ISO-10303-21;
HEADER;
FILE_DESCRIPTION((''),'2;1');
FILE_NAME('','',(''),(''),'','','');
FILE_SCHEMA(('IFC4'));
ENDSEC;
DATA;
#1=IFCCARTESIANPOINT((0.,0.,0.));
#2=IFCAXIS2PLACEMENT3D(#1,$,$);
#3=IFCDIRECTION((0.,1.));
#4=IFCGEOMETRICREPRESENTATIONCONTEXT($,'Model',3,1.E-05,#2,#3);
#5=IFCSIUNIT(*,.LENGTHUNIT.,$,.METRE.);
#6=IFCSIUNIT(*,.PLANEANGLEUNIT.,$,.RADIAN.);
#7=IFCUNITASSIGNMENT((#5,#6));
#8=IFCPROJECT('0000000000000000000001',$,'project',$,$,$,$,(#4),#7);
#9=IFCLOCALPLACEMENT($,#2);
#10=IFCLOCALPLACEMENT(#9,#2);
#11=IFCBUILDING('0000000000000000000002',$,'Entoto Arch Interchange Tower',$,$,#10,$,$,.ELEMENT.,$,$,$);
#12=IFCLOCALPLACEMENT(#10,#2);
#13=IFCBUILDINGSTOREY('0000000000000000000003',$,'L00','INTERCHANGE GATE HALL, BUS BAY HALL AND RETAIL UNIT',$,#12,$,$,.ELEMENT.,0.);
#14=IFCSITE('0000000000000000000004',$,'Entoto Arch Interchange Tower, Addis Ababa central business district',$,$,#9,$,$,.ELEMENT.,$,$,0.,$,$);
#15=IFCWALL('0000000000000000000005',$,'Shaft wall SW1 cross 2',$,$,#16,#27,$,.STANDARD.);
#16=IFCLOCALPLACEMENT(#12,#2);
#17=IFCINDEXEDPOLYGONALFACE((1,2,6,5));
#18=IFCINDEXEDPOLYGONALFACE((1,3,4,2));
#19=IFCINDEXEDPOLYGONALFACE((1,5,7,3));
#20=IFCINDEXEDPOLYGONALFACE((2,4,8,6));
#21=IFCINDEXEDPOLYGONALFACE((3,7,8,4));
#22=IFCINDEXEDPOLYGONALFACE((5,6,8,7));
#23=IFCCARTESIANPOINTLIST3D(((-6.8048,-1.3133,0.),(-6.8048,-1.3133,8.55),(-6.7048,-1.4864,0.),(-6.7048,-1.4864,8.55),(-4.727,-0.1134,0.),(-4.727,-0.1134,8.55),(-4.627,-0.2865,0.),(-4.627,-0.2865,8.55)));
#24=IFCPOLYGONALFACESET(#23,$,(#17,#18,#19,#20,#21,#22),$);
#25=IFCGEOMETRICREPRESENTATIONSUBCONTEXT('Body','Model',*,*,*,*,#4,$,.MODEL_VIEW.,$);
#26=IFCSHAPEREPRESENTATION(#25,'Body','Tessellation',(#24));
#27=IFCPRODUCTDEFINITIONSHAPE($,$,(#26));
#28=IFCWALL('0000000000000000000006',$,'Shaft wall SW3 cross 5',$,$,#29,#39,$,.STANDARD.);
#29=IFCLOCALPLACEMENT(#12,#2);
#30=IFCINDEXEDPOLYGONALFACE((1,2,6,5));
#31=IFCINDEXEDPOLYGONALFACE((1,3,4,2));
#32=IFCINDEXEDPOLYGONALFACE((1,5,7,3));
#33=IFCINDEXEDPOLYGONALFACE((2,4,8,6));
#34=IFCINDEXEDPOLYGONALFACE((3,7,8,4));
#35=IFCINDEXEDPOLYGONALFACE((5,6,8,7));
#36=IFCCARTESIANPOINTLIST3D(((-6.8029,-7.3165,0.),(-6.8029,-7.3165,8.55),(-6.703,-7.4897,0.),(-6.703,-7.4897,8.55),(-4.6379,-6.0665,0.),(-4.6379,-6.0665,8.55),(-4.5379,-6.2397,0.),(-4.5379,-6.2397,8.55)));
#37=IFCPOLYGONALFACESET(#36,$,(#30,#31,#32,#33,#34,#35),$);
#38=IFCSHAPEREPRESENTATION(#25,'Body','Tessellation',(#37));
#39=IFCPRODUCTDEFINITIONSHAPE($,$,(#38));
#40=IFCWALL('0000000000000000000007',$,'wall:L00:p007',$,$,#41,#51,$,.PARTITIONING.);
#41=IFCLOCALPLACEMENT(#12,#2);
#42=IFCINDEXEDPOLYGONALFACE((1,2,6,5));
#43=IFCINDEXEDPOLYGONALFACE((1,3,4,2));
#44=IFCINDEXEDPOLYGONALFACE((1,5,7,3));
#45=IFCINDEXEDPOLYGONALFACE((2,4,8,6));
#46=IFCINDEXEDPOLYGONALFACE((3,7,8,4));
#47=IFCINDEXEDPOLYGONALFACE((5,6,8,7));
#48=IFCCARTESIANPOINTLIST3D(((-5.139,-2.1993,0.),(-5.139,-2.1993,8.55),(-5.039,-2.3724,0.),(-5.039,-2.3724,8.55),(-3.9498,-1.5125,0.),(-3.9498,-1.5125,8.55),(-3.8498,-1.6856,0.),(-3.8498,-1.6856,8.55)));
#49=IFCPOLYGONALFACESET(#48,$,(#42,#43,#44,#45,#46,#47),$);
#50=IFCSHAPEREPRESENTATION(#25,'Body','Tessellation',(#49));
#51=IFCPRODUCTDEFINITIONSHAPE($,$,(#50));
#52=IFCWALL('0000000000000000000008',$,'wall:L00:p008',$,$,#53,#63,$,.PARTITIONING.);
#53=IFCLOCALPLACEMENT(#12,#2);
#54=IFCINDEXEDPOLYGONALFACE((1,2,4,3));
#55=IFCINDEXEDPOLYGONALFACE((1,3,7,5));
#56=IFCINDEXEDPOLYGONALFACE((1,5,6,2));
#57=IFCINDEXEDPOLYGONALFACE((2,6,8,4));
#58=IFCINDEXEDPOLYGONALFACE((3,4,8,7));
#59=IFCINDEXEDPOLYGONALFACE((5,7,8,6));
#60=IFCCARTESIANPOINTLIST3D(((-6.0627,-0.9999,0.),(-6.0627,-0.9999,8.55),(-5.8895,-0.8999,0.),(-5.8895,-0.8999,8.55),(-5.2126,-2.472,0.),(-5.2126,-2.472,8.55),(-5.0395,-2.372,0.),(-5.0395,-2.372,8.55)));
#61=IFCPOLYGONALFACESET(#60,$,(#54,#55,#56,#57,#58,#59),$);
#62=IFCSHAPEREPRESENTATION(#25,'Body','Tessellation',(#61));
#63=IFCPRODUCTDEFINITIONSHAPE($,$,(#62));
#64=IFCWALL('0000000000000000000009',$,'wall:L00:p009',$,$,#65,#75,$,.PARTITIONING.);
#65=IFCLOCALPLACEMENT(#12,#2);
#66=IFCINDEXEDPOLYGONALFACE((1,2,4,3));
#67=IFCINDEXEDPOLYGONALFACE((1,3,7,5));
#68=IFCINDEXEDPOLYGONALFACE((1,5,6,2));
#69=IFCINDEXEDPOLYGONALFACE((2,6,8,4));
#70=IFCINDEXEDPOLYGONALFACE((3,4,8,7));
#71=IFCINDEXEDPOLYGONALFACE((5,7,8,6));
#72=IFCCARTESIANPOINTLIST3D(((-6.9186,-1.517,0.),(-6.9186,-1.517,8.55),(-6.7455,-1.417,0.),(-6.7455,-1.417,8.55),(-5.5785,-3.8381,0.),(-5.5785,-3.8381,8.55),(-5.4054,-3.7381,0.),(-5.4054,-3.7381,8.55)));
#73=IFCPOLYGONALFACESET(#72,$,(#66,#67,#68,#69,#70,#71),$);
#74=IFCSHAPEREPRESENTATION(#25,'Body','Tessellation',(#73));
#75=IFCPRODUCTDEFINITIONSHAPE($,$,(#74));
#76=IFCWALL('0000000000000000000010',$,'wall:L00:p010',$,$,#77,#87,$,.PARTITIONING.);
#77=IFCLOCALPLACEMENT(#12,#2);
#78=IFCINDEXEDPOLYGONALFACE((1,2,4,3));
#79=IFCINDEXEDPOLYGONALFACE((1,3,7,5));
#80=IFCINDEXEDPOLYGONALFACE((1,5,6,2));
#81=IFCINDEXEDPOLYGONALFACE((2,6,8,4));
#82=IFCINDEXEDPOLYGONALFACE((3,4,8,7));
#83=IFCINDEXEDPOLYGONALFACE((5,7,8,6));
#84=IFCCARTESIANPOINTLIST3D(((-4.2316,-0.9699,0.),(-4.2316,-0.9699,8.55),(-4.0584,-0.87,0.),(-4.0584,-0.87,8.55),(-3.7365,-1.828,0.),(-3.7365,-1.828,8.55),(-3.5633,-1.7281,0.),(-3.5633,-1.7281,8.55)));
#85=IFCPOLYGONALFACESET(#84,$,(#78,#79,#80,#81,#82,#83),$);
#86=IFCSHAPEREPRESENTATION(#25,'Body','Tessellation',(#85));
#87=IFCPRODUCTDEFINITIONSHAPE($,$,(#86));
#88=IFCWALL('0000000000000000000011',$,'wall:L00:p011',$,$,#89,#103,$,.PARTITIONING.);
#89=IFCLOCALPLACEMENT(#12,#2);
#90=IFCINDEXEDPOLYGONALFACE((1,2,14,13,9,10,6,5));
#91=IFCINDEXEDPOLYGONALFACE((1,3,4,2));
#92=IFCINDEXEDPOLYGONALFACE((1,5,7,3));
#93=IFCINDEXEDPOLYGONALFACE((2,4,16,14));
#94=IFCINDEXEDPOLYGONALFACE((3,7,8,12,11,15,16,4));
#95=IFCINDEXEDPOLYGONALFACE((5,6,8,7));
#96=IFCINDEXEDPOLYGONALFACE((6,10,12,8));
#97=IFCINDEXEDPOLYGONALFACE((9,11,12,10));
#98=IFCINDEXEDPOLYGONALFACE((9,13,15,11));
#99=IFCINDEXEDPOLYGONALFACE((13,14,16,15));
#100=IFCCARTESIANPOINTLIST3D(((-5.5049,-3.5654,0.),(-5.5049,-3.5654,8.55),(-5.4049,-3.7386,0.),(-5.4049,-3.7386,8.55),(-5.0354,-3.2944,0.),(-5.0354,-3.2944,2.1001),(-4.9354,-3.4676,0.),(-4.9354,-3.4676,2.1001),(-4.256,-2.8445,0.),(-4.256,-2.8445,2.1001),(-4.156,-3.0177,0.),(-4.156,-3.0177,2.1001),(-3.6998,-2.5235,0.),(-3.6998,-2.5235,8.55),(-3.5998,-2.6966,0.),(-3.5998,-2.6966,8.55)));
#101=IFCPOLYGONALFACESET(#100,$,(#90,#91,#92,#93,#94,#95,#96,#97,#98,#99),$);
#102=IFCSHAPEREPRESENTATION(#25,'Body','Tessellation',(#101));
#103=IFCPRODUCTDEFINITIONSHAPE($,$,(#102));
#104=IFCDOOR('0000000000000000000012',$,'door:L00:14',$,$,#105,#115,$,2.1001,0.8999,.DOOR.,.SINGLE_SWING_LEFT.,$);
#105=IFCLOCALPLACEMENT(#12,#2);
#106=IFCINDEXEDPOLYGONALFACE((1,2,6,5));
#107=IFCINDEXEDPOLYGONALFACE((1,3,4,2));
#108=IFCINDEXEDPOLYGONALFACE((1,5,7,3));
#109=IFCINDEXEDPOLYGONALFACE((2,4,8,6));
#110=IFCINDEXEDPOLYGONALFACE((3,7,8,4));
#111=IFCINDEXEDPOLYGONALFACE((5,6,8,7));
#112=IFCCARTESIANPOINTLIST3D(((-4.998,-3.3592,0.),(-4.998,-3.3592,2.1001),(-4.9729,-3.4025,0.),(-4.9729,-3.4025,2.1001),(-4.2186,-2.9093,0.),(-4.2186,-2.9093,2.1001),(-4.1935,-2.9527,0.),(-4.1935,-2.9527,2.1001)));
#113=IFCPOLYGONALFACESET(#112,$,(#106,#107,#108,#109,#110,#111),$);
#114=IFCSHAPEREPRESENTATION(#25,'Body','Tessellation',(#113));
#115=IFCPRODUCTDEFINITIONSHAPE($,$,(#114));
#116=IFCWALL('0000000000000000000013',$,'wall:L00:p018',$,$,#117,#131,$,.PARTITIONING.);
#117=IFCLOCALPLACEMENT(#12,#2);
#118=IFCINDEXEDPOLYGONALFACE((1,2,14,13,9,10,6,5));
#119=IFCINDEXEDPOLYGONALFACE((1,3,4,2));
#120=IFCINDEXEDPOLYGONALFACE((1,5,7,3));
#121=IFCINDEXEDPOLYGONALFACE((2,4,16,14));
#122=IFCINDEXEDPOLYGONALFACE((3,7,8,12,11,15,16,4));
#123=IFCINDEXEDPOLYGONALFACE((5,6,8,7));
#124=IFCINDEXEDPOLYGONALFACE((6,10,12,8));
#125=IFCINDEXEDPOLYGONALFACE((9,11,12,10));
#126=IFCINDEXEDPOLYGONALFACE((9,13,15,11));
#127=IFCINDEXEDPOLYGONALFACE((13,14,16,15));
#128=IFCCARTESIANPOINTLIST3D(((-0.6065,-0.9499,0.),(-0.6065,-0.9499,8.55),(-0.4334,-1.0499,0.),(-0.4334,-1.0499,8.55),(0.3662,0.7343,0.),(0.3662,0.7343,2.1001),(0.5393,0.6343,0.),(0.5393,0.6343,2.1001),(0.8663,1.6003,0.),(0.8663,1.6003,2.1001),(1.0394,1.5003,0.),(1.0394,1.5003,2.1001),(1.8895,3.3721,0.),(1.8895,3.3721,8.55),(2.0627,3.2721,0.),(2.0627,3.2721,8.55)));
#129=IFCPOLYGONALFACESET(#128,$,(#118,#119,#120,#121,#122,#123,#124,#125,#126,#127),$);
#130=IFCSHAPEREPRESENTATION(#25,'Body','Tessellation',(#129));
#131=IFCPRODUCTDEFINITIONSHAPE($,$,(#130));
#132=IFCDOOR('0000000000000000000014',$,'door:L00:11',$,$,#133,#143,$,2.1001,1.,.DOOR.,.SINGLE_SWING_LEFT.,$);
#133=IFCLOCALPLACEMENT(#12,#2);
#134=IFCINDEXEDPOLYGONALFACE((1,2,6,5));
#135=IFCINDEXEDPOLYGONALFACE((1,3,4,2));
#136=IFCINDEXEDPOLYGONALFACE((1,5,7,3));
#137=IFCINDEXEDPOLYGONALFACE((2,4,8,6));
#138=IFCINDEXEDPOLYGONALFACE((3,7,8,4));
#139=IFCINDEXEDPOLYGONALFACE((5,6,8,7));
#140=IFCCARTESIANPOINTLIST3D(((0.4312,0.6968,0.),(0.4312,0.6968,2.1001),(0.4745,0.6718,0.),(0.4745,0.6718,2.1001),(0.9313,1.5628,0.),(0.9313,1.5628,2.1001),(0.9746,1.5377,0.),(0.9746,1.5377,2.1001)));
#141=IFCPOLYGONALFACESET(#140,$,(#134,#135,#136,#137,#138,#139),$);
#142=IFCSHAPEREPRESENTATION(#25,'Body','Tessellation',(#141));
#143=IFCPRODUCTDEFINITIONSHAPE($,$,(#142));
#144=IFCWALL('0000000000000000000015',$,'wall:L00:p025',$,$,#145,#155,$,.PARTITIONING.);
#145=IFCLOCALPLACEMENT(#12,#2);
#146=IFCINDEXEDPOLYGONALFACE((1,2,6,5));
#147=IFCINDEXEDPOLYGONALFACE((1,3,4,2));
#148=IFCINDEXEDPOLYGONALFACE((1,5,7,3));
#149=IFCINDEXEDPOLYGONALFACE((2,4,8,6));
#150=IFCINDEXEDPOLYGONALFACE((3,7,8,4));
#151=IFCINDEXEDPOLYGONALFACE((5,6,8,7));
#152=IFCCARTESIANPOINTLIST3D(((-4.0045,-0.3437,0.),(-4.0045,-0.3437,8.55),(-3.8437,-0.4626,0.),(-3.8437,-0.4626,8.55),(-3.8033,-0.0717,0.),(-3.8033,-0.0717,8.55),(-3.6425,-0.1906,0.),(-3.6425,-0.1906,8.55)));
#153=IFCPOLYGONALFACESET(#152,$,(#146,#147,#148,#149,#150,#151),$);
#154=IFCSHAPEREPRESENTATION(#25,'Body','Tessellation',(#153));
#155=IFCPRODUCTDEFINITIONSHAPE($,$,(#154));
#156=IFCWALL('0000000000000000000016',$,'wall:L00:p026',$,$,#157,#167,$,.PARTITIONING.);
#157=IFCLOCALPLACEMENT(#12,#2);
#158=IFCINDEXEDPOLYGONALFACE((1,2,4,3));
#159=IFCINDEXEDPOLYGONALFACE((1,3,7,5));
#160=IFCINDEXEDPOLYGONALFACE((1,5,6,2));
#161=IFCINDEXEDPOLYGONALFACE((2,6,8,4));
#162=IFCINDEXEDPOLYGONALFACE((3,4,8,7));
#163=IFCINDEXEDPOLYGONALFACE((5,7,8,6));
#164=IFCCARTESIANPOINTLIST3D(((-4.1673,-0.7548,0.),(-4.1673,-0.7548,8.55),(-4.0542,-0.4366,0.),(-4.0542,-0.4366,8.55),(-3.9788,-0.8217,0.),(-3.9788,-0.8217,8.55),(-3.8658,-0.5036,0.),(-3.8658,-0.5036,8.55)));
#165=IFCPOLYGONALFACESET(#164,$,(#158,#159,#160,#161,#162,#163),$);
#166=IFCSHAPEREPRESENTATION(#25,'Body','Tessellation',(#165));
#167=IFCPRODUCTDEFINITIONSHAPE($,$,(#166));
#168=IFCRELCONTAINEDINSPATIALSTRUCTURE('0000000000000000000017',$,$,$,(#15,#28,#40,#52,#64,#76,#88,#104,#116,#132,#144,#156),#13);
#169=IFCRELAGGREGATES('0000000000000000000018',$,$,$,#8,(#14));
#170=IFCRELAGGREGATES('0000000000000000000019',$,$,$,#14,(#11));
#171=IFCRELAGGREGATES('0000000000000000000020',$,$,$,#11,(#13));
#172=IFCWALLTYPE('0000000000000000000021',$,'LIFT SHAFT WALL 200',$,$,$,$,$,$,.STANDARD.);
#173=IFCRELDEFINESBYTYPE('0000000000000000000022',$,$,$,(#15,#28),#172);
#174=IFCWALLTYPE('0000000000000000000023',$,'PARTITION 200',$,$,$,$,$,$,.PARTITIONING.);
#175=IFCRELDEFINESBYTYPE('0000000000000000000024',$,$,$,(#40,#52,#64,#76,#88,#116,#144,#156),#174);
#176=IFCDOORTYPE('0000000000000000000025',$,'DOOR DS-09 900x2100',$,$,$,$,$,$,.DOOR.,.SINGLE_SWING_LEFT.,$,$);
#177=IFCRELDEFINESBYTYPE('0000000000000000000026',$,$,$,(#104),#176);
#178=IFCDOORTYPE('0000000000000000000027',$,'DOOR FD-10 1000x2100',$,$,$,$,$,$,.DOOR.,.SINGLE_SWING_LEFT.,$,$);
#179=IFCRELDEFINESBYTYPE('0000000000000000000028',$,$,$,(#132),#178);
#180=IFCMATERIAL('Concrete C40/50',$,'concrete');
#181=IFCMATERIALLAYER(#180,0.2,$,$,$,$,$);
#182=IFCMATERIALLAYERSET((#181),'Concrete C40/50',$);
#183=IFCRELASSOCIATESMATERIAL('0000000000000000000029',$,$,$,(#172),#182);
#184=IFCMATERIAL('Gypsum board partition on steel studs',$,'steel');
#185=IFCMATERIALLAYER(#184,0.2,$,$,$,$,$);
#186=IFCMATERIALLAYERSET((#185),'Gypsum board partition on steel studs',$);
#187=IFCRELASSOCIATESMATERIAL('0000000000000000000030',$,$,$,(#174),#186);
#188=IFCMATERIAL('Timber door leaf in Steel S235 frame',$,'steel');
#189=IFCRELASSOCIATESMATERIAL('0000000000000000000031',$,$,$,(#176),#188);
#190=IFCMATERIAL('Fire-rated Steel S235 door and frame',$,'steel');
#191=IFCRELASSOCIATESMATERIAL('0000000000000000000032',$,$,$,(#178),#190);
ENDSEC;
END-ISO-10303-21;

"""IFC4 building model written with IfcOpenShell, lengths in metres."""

from ifc_helpers import new_model, si_unit, direction, frame, frame_2d, origin, place, context, subcontext, project, spatial, rectangle, extrude, material, layer, layer_set, type_object, element, fill, save


model = new_model("IFC4")

# Units and contexts
model_context = context("Model", 3, precision=1e-05, world=origin(), true_north=direction((0.0, 1.0)))
body_context = subcontext(model_context, "Body", "Model", "MODEL_VIEW")
ifc_project = project(units=[si_unit("LENGTHUNIT", "METRE"), si_unit("PLANEANGLEUNIT", "RADIAN")], contexts=[model_context])

# Site, building, storey
site_placement = place(None, origin())
site = spatial("IfcSite", under=ifc_project, at=site_placement, Name="Entoto Arch Interchange Tower, Addis Ababa central business district", CompositionType="ELEMENT", RefElevation=0.0)
building_placement = place(site_placement, origin())
building = spatial("IfcBuilding", under=site, at=building_placement, Name="Entoto Arch Interchange Tower", CompositionType="ELEMENT")
storey_placement = place(building_placement, origin())
storey = spatial("IfcBuildingStorey", under=building, at=storey_placement, Name="L00", Description="INTERCHANGE GATE HALL, BUS BAY HALL AND RETAIL UNIT", CompositionType="ELEMENT", Elevation=0.0)

# Walls
ifc_material_1 = material(Name="Concrete C40/50", Category="concrete")
ifc_layer_1 = layer(ifc_material_1, 0.2)
ifc_layer_set_1 = layer_set([ifc_layer_1], Name="Concrete C40/50")
wall_type_1 = type_object("IfcWallType", Name="LIFT SHAFT WALL 200", PredefinedType="STANDARD", material=ifc_layer_set_1)
wall_1_placement = place(storey_placement, frame((-4.677, -0.2, 0.0), z_axis=(0.0, 0.0, 1.0), x_axis=(-0.865974, -0.500089, 0.0)))
element("IfcWall", 1, at=wall_1_placement, inside=storey, type_object=wall_type_1, Name="Shaft wall SW1 cross 2", PredefinedType="STANDARD", context=body_context, shape_type="SweptSolid", body=[
    extrude(rectangle(XDim=2.3994, YDim=0.2, at=frame_2d((1.1997, 0.0))), origin(), (0.0, 0.0, 1.0), 8.55),
])
wall_2_placement = place(storey_placement, frame((-4.5879, -6.1531, 0.0), z_axis=(0.0, 0.0, 1.0), x_axis=(-0.866023, -0.500004, 0.0)))
element("IfcWall", 2, at=wall_2_placement, inside=storey, type_object=wall_type_1, Name="Shaft wall SW3 cross 5", PredefinedType="STANDARD", context=body_context, shape_type="SweptSolid", body=[
    extrude(rectangle(XDim=2.5, YDim=0.2, at=frame_2d((1.25, 0.0))), origin(), (0.0, 0.0, 1.0), 8.55),
])
ifc_material_2 = material(Name="Gypsum board partition on steel studs", Category="steel")
ifc_layer_2 = layer(ifc_material_2, 0.2)
ifc_layer_set_2 = layer_set([ifc_layer_2], Name="Gypsum board partition on steel studs")
wall_type_2 = type_object("IfcWallType", Name="PARTITION 200", PredefinedType="PARTITIONING", material=ifc_layer_set_2)
wall_3_placement = place(storey_placement, frame((-3.8999, -1.5991, 0.0), z_axis=(0.0, 0.0, 1.0), x_axis=(-0.865969, -0.500097, 0.0)))
element("IfcWall", 3, at=wall_3_placement, inside=storey, type_object=wall_type_2, Name="wall:L00:p007", PredefinedType="PARTITIONING", context=body_context, shape_type="SweptSolid", body=[
    extrude(rectangle(XDim=1.3733, YDim=0.2, at=frame_2d((0.6865, 0.0))), origin(), (0.0, 0.0, 1.0), 8.55),
])
wall_4_placement = place(storey_placement, frame((-5.126, -2.4221, 0.0), z_axis=(0.0, 0.0, 1.0), x_axis=(-0.500062, 0.865989, 0.0)))
element("IfcWall", 4, at=wall_4_placement, inside=storey, type_object=wall_type_2, Name="wall:L00:p008", PredefinedType="PARTITIONING", context=body_context, shape_type="SweptSolid", body=[
    extrude(rectangle(XDim=1.7, YDim=0.2, at=frame_2d((0.8501, 0.0))), origin(), (0.0, 0.0, 1.0), 8.55),
])
wall_5_placement = place(storey_placement, frame((-5.4919, -3.7881, 0.0), z_axis=(0.0, 0.0, 1.0), x_axis=(-0.500009, 0.86602, 0.0)))
element("IfcWall", 5, at=wall_5_placement, inside=storey, type_object=wall_type_2, Name="wall:L00:p009", PredefinedType="PARTITIONING", context=body_context, shape_type="SweptSolid", body=[
    extrude(rectangle(XDim=2.6802, YDim=0.2, at=frame_2d((1.3401, 0.0))), origin(), (0.0, 0.0, 1.0), 8.55),
])
wall_6_placement = place(storey_placement, frame((-4.145, -0.9199, 0.0), z_axis=(0.0, 0.0, 1.0), x_axis=(0.499744, -0.866173, 0.0)))
element("IfcWall", 6, at=wall_6_placement, inside=storey, type_object=wall_type_2, Name="wall:L00:p010", PredefinedType="PARTITIONING", context=body_context, shape_type="SweptSolid", body=[
    extrude(rectangle(XDim=0.9907, YDim=0.2, at=frame_2d((0.4954, 0.0))), origin(), (0.0, 0.0, 1.0), 8.55),
])

# Walls, openings, doors
wall_7_placement = place(storey_placement, frame((-3.6499, -2.6101, 0.0), z_axis=(0.0, 0.0, 1.0), x_axis=(-0.866072, -0.499918, 0.0)))
wall_7 = element("IfcWall", 7, at=wall_7_placement, inside=storey, type_object=wall_type_2, Name="wall:L00:p011", PredefinedType="PARTITIONING", context=body_context, shape_type="SweptSolid", body=[
    extrude(rectangle(XDim=2.0842, YDim=0.2, at=frame_2d((1.042, 0.0))), origin(), (0.0, 0.0, 1.0), 8.55),
])
opening_1_placement = place(wall_7_placement, frame((0.6421, 0.0, 0.0)))
opening_1 = element("IfcOpeningElement", 8, at=opening_1_placement, cuts=wall_7, PredefinedType="OPENING", context=body_context, shape_type="SweptSolid", body=[
    extrude(rectangle(XDim=0.8999, YDim=2.1001, at=frame_2d((0.45, 1.05))), frame((0.0, 0.1099, 0.0), z_axis=(0.0, -1.0, 0.0), x_axis=(1.0, 0.0, 0.0)), (0.0, 0.0, 1.0), 0.22),
])
ifc_material_3 = material(Name="Timber door leaf in Steel S235 frame", Category="steel")
door_type_1 = type_object("IfcDoorType", Name="DOOR DS-09 900x2100", OperationType="SINGLE_SWING_LEFT", PredefinedType="DOOR", material=ifc_material_3)
door_1_placement = place(opening_1_placement, origin())
door_1 = element("IfcDoor", 9, at=door_1_placement, inside=storey, type_object=door_type_1, Name="door:L00:14", OperationType="SINGLE_SWING_LEFT", OverallHeight=2.1001, OverallWidth=0.8999, PredefinedType="DOOR", context=body_context, shape_type="SweptSolid", body=[
    extrude(rectangle(XDim=0.8999, YDim=2.1001, at=frame_2d((0.45, 1.05))), frame((0.0, 0.0249, 0.0), z_axis=(0.0, -1.0, 0.0), x_axis=(1.0, 0.0, 0.0)), (0.0, 0.0, 1.0), 0.05),
])
fill(opening_1, door_1)
wall_8_placement = place(storey_placement, frame((-0.52, -1.0, 0.0), z_axis=(0.0, 0.0, 1.0), x_axis=(0.500116, 0.865958, 0.0)))
wall_8 = element("IfcWall", 10, at=wall_8_placement, inside=storey, type_object=wall_type_2, Name="wall:L00:p018", PredefinedType="PARTITIONING", context=body_context, shape_type="SweptSolid", body=[
    extrude(rectangle(XDim=4.991, YDim=0.2, at=frame_2d((2.4956, 0.0))), origin(), (0.0, 0.0, 1.0), 8.55),
])
opening_2_placement = place(wall_8_placement, frame((1.9451, 0.0, 0.0)))
opening_2 = element("IfcOpeningElement", 11, at=opening_2_placement, cuts=wall_8, PredefinedType="OPENING", context=body_context, shape_type="SweptSolid", body=[
    extrude(rectangle(XDim=1.0, YDim=2.1001, at=frame_2d((0.5, 1.05))), frame((0.0, 0.1099, 0.0), z_axis=(0.0, -1.0, 0.0), x_axis=(1.0, 0.0, 0.0)), (0.0, 0.0, 1.0), 0.22),
])
ifc_material_4 = material(Name="Fire-rated Steel S235 door and frame", Category="steel")
door_type_2 = type_object("IfcDoorType", Name="DOOR FD-10 1000x2100", OperationType="SINGLE_SWING_LEFT", PredefinedType="DOOR", material=ifc_material_4)
door_2_placement = place(opening_2_placement, origin())
door_2 = element("IfcDoor", 12, at=door_2_placement, inside=storey, type_object=door_type_2, Name="door:L00:11", OperationType="SINGLE_SWING_LEFT", OverallHeight=2.1001, OverallWidth=1.0, PredefinedType="DOOR", context=body_context, shape_type="SweptSolid", body=[
    extrude(rectangle(XDim=1.0, YDim=2.1001, at=frame_2d((0.5, 1.05))), frame((0.0, 0.0249, 0.0), z_axis=(0.0, -1.0, 0.0), x_axis=(1.0, 0.0, 0.0)), (0.0, 0.0, 1.0), 0.05),
])
fill(opening_2, door_2)

# Walls
wall_9_placement = place(storey_placement, frame((-3.7229, -0.1311, 0.0), z_axis=(0.0, 0.0, 1.0), x_axis=(-0.594675, -0.803966, 0.0)))
element("IfcWall", 13, at=wall_9_placement, inside=storey, type_object=wall_type_2, Name="wall:L00:p025", PredefinedType="PARTITIONING", context=body_context, shape_type="SweptSolid", body=[
    extrude(rectangle(XDim=0.3384, YDim=0.2, at=frame_2d((0.1692, 0.0))), origin(), (0.0, 0.0, 1.0), 8.55),
])
wall_10_placement = place(storey_placement, frame((-3.96, -0.47, 0.0), z_axis=(0.0, 0.0, 1.0), x_axis=(-0.334824, -0.942281, 0.0)))
element("IfcWall", 14, at=wall_10_placement, inside=storey, type_object=wall_type_2, Name="wall:L00:p026", PredefinedType="PARTITIONING", context=body_context, shape_type="SweptSolid", body=[
    extrude(rectangle(XDim=0.3376, YDim=0.2, at=frame_2d((0.1689, 0.0))), origin(), (0.0, 0.0, 1.0), 8.55),
])

save(model, "model.ifc")
